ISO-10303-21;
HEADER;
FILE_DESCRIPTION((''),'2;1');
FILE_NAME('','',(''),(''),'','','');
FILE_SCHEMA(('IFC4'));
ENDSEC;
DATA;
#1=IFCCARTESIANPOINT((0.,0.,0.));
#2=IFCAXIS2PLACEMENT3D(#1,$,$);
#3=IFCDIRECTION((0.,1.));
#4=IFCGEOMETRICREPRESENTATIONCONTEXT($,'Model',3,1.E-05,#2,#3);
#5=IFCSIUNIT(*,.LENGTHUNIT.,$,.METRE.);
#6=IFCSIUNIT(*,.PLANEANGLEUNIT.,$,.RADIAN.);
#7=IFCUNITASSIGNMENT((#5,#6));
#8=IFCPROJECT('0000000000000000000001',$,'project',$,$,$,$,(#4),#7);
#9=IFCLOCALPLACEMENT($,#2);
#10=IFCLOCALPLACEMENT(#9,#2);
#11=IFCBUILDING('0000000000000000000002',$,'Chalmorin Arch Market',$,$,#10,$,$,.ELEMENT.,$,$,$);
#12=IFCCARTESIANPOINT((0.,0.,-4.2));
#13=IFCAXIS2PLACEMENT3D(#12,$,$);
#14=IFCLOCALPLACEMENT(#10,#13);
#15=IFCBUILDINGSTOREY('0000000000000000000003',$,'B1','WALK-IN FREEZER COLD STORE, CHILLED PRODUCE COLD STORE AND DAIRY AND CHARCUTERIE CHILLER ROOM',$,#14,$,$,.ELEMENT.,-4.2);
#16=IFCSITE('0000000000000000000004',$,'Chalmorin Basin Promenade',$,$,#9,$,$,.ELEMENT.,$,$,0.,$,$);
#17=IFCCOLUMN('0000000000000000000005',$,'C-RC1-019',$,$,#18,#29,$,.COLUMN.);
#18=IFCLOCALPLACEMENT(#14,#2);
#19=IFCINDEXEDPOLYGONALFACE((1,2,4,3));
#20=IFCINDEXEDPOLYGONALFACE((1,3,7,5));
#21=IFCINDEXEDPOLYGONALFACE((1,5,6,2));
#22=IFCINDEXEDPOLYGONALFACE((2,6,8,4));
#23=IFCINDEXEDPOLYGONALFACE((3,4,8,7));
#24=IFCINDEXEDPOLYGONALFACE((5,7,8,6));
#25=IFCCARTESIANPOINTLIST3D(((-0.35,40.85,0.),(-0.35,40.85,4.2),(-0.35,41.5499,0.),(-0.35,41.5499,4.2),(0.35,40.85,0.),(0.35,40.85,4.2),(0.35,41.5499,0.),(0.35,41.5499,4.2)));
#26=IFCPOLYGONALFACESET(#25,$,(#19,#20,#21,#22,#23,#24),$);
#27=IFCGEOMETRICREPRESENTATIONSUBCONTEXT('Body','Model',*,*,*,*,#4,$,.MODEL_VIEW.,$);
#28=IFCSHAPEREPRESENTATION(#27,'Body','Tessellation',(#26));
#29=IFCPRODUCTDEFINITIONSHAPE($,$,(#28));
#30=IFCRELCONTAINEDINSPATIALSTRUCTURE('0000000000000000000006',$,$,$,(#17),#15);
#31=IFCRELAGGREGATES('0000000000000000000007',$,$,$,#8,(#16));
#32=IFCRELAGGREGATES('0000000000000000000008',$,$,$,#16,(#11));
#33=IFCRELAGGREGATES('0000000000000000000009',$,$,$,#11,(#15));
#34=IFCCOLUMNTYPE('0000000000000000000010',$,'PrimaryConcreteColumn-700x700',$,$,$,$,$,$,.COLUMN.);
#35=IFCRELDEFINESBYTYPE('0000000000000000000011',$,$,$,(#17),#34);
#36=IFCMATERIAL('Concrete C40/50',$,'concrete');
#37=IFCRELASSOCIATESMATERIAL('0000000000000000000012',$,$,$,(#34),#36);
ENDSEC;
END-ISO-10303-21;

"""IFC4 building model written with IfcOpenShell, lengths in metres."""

from ifc_helpers import new_model, si_unit, direction, frame, origin, origin_2d, place, context, subcontext, project, spatial, rectangle, extrude, material, material_profile, profile_set, type_object, element, save


model = new_model("IFC4")

# Units and contexts
model_context = context("Model", 3, precision=1e-05, world=origin(), true_north=direction((0.0, 1.0)))
body_context = subcontext(model_context, "Body", "Model", "MODEL_VIEW")
ifc_project = project(units=[si_unit("LENGTHUNIT", "METRE"), si_unit("PLANEANGLEUNIT", "RADIAN")], contexts=[model_context])

# Site, building, storey
site_placement = place(None, origin())
site = spatial("IfcSite", under=ifc_project, at=site_placement, Name="Chalmorin Basin Promenade", CompositionType="ELEMENT", RefElevation=0.0)
building_placement = place(site_placement, origin())
building = spatial("IfcBuilding", under=site, at=building_placement, Name="Chalmorin Arch Market", CompositionType="ELEMENT")
storey_placement = place(building_placement, frame((0.0, 0.0, -4.2)))
storey = spatial("IfcBuildingStorey", under=building, at=storey_placement, Name="B1", Description="WALK-IN FREEZER COLD STORE, CHILLED PRODUCE COLD STORE AND DAIRY AND CHARCUTERIE CHILLER ROOM", CompositionType="ELEMENT", Elevation=-4.2)

# Shared definitions
ifc_material_1 = material(Name="Concrete C40/50", Category="concrete")

# Column
ifc_material_profile_1 = material_profile(ifc_material_1, rectangle(XDim=0.7, YDim=0.7, at=origin_2d()), Name="RC700X700")
ifc_profile_set_1 = profile_set([ifc_material_profile_1], Name="Concrete C40/50")
column_type = type_object("IfcColumnType", Name="PrimaryConcreteColumn-700x700", PredefinedType="COLUMN", material=ifc_profile_set_1)
for number, where, z_axis, x_axis, name in (
    (1, (0.0, 41.2, 0.0), (0.0, 0.0, 1.0), (1.0, 0.0, 0.0), "C-RC1-019"),
):
    element("IfcColumn", number, at=place(storey_placement, frame(where, z_axis=z_axis, x_axis=x_axis)), inside=storey, type_object=column_type, Name=name, PredefinedType="COLUMN", context=body_context, shape_type="SweptSolid", body=[
        extrude(rectangle(XDim=0.7, YDim=0.7, at=origin_2d()), origin(), (0.0, 0.0, 1.0), 4.2),
    ])

save(model, "model.ifc")
